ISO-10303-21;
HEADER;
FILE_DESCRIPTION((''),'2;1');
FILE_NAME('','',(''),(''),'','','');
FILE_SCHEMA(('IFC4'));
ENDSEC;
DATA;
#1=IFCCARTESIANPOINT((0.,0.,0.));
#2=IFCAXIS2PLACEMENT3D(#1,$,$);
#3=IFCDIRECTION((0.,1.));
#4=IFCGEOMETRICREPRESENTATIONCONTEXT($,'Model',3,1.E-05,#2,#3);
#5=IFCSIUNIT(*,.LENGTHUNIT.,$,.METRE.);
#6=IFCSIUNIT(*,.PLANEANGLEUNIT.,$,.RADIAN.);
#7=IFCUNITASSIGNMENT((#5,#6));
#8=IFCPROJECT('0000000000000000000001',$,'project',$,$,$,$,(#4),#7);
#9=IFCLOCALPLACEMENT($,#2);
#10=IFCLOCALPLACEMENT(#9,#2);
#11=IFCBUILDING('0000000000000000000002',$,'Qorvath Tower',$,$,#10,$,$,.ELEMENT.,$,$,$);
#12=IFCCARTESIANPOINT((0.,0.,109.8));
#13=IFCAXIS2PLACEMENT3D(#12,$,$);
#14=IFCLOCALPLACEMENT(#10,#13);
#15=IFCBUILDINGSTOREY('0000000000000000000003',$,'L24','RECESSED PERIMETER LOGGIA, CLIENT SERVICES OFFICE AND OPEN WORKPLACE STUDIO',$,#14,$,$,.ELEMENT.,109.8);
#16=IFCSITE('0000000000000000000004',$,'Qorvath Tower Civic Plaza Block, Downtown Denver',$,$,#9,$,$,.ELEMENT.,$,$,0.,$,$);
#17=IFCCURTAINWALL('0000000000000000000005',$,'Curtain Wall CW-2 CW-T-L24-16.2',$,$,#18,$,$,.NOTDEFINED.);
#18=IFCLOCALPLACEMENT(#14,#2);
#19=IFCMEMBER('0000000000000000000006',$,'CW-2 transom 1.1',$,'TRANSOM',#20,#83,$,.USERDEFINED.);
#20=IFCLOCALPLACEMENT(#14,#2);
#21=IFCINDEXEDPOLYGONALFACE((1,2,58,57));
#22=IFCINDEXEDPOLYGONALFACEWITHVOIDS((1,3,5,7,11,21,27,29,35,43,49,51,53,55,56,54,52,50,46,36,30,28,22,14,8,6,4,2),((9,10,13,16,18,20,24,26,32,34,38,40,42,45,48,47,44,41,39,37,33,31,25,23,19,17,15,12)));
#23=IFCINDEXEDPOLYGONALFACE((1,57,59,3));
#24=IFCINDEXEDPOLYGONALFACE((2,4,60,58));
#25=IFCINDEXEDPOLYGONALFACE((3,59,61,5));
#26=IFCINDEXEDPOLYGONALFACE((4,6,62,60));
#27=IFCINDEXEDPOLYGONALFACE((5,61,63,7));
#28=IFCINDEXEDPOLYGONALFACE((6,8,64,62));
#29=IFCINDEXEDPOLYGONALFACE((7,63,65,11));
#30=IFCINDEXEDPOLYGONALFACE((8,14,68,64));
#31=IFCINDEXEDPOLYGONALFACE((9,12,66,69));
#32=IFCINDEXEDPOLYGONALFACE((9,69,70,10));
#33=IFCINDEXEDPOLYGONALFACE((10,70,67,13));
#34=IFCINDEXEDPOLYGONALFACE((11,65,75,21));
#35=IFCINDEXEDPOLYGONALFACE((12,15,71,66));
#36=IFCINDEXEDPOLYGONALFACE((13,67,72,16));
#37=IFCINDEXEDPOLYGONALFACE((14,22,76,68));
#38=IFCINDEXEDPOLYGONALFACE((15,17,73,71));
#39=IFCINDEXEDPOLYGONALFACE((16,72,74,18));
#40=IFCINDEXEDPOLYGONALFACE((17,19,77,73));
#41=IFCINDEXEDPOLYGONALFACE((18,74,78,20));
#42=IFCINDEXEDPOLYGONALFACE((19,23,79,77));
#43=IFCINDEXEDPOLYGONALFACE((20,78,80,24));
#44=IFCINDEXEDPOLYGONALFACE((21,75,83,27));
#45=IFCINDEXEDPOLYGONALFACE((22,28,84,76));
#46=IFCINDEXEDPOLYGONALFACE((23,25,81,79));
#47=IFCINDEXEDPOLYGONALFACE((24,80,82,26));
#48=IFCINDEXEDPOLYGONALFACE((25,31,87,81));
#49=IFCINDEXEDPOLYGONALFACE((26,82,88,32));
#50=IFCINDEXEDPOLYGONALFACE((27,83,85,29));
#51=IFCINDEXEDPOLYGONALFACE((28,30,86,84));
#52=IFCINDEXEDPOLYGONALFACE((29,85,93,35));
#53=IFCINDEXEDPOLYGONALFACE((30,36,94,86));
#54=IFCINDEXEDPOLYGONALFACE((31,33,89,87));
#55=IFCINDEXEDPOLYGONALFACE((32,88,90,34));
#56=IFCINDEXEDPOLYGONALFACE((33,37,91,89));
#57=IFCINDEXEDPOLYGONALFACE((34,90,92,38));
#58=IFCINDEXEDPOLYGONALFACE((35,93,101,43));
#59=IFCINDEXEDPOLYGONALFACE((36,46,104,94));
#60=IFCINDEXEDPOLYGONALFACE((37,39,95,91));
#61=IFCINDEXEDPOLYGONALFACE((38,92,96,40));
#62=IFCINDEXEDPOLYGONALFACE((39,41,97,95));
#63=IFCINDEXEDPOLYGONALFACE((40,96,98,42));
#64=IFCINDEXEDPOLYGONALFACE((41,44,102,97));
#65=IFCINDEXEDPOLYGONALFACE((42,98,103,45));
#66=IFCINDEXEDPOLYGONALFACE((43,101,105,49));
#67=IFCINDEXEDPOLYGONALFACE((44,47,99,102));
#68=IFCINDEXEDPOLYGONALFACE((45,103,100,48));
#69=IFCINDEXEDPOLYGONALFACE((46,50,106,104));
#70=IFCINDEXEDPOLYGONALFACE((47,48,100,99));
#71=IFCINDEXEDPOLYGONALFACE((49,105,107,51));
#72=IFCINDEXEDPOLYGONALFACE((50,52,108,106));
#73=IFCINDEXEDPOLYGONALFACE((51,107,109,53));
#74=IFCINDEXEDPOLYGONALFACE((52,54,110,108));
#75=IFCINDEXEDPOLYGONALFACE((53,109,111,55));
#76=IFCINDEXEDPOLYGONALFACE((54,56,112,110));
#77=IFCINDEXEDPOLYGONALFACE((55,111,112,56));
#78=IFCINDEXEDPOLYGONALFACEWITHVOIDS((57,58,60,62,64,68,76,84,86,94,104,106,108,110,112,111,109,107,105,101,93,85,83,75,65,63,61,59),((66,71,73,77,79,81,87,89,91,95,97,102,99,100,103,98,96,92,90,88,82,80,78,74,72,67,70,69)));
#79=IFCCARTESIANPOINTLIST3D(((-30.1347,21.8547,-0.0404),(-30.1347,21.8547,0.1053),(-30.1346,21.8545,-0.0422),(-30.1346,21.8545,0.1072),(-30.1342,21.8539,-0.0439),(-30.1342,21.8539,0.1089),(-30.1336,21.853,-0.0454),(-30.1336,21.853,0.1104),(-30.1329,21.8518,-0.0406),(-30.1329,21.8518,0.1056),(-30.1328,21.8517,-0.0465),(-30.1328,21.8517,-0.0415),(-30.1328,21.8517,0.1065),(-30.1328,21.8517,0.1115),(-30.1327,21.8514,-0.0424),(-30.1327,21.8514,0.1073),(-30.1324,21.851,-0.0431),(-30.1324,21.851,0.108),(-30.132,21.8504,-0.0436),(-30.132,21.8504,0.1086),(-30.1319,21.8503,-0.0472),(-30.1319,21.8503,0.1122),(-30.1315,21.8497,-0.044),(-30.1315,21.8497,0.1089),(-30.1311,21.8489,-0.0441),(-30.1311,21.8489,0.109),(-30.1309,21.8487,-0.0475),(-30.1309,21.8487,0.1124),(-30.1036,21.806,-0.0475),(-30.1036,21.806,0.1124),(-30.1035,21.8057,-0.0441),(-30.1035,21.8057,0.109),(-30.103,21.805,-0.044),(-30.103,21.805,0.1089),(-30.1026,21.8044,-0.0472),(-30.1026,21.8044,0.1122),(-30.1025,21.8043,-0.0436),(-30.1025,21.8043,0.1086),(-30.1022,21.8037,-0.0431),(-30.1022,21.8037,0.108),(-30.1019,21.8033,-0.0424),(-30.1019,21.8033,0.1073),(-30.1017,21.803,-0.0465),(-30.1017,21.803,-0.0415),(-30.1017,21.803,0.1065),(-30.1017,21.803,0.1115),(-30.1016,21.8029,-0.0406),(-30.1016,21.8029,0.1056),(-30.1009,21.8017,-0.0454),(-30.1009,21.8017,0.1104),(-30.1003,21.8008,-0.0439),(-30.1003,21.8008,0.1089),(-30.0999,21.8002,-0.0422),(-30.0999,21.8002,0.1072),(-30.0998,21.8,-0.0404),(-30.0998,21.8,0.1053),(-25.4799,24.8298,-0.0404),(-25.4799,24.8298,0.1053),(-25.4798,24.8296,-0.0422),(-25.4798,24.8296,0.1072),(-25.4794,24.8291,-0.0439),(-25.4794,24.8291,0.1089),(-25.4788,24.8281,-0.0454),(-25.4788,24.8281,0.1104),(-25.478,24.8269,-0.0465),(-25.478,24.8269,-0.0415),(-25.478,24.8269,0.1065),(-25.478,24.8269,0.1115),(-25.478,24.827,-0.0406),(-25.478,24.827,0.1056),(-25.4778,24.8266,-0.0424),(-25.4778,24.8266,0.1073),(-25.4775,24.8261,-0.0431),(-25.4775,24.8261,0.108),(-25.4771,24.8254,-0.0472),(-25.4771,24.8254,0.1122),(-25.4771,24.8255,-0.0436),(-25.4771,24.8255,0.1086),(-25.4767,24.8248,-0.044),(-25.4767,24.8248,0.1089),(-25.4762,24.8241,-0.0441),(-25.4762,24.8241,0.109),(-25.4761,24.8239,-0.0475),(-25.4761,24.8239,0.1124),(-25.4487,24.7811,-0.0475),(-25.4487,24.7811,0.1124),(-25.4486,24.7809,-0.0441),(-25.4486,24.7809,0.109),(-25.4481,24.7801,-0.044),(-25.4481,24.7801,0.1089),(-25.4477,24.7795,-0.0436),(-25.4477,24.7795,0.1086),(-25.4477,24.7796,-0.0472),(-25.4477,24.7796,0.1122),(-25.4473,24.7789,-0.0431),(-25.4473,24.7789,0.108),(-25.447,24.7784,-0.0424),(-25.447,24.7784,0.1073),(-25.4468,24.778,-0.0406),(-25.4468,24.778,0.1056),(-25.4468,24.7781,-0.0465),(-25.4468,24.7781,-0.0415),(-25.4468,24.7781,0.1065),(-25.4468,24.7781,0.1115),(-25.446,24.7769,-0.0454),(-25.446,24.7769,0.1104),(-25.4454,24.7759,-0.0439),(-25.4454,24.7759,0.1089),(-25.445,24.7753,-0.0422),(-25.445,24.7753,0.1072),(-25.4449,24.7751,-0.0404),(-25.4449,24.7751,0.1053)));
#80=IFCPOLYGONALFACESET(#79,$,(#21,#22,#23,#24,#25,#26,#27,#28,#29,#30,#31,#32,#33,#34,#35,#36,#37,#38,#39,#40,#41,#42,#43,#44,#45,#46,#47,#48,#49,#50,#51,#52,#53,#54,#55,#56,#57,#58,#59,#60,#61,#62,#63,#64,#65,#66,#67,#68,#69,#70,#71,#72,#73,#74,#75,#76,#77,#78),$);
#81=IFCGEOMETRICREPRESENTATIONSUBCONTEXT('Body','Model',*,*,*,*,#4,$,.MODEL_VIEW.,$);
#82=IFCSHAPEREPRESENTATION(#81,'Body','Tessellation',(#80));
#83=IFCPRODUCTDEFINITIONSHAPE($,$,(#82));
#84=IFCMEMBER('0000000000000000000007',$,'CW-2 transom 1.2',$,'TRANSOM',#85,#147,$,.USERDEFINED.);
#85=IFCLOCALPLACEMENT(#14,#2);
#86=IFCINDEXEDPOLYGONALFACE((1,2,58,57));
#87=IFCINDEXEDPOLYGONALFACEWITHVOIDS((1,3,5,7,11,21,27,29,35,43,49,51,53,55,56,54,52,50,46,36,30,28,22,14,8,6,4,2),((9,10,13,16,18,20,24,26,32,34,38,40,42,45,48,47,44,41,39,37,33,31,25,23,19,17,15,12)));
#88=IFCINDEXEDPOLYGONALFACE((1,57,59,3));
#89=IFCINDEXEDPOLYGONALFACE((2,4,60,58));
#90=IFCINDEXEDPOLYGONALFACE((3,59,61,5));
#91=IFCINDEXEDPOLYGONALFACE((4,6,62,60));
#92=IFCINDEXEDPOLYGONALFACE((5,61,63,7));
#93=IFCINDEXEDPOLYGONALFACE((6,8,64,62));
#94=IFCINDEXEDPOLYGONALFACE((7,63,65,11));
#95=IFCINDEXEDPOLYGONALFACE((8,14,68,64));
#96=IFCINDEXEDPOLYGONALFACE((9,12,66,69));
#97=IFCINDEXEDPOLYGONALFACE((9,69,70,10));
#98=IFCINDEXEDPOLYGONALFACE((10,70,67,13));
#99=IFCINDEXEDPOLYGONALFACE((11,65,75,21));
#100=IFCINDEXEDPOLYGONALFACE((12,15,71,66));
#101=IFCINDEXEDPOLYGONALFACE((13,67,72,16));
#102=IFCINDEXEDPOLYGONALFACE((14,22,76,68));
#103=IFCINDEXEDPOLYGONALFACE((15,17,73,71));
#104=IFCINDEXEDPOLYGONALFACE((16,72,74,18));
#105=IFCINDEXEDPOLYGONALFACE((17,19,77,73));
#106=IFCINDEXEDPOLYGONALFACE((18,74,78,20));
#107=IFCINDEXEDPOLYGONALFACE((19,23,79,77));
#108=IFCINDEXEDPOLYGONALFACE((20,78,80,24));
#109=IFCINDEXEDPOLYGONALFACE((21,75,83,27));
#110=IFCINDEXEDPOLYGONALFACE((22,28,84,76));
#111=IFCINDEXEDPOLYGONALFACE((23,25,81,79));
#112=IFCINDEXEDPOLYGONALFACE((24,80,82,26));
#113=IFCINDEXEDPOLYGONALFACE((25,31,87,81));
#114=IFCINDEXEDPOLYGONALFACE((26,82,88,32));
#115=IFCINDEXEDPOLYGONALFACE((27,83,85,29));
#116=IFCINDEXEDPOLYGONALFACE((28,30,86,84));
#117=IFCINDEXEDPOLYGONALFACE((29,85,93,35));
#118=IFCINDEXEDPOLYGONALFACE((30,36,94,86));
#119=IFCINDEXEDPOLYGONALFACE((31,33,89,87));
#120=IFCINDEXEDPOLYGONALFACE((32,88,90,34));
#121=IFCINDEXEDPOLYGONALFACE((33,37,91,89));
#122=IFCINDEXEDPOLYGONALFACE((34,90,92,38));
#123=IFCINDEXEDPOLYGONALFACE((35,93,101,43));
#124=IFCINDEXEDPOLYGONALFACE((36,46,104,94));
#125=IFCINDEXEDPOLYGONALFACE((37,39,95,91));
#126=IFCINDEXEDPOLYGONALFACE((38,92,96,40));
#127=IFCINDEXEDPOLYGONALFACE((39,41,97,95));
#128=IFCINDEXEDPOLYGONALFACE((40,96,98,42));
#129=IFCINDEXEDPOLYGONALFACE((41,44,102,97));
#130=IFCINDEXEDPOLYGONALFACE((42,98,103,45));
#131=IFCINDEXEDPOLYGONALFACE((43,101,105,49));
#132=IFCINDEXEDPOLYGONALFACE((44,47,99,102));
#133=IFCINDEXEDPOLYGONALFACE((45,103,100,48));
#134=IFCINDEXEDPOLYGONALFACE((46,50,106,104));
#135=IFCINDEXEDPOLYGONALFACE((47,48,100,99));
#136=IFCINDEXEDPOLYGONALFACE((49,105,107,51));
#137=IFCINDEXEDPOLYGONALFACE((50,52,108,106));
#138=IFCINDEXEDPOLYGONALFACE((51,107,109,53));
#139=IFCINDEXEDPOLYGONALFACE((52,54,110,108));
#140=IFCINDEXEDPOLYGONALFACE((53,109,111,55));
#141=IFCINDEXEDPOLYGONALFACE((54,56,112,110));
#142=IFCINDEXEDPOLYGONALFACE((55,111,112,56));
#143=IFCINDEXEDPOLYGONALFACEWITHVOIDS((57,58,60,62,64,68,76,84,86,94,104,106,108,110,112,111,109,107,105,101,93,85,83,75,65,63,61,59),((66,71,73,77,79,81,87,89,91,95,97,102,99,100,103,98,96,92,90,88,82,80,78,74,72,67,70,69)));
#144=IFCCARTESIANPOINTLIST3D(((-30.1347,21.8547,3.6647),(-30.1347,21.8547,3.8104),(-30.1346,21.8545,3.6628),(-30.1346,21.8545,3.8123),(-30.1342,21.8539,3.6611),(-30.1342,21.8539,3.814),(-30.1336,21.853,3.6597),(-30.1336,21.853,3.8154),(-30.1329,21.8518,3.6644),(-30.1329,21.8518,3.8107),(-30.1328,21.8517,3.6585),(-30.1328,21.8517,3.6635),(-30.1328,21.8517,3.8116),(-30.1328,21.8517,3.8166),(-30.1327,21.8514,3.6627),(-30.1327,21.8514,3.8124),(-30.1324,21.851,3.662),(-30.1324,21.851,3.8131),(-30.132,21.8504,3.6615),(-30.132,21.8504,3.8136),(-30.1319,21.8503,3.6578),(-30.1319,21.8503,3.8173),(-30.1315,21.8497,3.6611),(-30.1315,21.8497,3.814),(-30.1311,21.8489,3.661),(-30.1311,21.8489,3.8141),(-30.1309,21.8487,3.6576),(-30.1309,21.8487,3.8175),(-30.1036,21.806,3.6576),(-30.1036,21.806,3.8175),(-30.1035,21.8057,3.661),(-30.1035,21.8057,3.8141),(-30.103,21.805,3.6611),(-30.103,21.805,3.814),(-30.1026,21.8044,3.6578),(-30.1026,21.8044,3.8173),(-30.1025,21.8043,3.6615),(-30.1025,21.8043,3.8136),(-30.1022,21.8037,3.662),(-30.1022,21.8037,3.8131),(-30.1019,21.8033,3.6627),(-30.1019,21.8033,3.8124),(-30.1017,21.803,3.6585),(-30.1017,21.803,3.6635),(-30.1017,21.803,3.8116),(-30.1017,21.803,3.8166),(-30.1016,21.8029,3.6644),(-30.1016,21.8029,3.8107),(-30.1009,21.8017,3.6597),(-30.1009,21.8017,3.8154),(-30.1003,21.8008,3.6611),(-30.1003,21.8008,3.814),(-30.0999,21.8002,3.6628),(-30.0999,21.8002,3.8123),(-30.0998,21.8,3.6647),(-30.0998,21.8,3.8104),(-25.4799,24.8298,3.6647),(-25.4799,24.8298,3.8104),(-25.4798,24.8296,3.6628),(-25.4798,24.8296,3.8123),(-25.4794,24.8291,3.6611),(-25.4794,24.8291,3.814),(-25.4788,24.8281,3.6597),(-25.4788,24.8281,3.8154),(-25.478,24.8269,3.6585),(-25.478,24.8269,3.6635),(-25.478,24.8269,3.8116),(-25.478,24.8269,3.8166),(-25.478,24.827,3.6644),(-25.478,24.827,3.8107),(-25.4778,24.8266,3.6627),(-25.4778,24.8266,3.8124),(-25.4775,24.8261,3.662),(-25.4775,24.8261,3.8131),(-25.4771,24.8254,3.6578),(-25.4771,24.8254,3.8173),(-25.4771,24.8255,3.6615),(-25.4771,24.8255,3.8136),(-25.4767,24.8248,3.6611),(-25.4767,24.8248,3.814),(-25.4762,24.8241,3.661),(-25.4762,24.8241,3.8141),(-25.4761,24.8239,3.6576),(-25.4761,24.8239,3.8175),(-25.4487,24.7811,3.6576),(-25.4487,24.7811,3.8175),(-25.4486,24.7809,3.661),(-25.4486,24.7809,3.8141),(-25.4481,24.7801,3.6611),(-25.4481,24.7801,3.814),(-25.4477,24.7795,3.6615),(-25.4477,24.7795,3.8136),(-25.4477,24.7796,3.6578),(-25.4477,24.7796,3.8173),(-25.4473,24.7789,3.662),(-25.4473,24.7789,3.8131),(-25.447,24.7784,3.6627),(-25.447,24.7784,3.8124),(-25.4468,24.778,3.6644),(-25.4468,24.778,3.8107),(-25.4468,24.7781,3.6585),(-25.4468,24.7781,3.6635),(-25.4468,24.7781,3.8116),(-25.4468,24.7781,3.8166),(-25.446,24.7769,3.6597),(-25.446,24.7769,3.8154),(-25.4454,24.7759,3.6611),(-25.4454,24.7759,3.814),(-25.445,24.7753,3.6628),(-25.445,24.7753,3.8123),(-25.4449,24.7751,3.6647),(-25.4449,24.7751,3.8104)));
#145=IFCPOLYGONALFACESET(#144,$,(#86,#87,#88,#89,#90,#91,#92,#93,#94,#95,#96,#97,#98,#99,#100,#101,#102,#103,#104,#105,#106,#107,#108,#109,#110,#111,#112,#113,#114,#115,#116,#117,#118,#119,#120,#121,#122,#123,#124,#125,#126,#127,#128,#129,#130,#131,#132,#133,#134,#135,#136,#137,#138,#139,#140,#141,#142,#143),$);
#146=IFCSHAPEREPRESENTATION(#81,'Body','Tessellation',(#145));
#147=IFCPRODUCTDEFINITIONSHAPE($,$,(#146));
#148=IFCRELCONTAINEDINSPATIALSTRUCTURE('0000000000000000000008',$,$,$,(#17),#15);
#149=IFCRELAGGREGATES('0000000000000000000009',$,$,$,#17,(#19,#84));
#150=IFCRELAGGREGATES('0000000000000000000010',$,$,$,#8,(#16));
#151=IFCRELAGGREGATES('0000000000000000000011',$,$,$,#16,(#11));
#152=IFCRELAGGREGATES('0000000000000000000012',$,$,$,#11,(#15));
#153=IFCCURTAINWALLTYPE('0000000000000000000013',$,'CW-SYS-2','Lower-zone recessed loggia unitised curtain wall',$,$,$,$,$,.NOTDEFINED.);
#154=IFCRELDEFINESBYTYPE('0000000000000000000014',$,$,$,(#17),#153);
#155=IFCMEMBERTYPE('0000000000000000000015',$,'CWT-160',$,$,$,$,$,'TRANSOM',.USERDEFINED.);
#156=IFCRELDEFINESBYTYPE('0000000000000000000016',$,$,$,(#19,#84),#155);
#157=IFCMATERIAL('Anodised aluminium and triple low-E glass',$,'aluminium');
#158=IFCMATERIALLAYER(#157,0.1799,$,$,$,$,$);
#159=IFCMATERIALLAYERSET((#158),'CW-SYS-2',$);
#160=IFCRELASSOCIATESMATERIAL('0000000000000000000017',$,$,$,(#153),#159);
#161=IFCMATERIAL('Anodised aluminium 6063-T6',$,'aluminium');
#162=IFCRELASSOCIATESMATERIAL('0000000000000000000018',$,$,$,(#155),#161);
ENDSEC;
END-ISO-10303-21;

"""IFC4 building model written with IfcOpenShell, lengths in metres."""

from ifc_helpers import new_model, si_unit, direction, frame, origin, origin_2d, place, context, subcontext, project, spatial, hollow_rectangle, extrude, material, layer, layer_set, material_profile, profile_set, type_object, element, aggregate, save


model = new_model("IFC4")

# Units and contexts
model_context = context("Model", 3, precision=1e-05, world=origin(), true_north=direction((0.0, 1.0)))
body_context = subcontext(model_context, "Body", "Model", "MODEL_VIEW")
ifc_project = project(units=[si_unit("LENGTHUNIT", "METRE"), si_unit("PLANEANGLEUNIT", "RADIAN")], contexts=[model_context])

# Site, building, storey
site_placement = place(None, origin())
site = spatial("IfcSite", under=ifc_project, at=site_placement, Name="Qorvath Tower Civic Plaza Block, Downtown Denver", CompositionType="ELEMENT", RefElevation=0.0)
building_placement = place(site_placement, origin())
building = spatial("IfcBuilding", under=site, at=building_placement, Name="Qorvath Tower", CompositionType="ELEMENT")
storey_placement = place(building_placement, frame((0.0, 0.0, 109.8)))
storey = spatial("IfcBuildingStorey", under=building, at=storey_placement, Name="L24", Description="RECESSED PERIMETER LOGGIA, CLIENT SERVICES OFFICE AND OPEN WORKPLACE STUDIO", CompositionType="ELEMENT", Elevation=109.8)

# Curtain wall
ifc_material_1 = material(Name="Anodised aluminium and triple low-E glass", Category="aluminium")
ifc_layer_1 = layer(ifc_material_1, 0.1799)
ifc_layer_set_1 = layer_set([ifc_layer_1], Name="CW-SYS-2")
curtain_wall_type = type_object("IfcCurtainWallType", Name="CW-SYS-2", Description="Lower-zone recessed loggia unitised curtain wall", PredefinedType="NOTDEFINED", material=ifc_layer_set_1)
curtain_wall_1_placement = place(storey_placement, origin())
curtain_wall_1 = element("IfcCurtainWall", 1, at=curtain_wall_1_placement, inside=storey, type_object=curtain_wall_type, Name="Curtain Wall CW-2 CW-T-L24-16.2", PredefinedType="NOTDEFINED")

# Members
ifc_material_2 = material(Name="Anodised aluminium 6063-T6", Category="aluminium")
ifc_material_profile_1 = material_profile(ifc_material_2, hollow_rectangle(XDim=0.0649, YDim=0.1599, WallThickness=0.0034, InnerFilletRadius=0.0034, OuterFilletRadius=0.0071, at=origin_2d()), Name="CWT 160x65")
ifc_profile_set_1 = profile_set([ifc_material_profile_1], Name="Anodised aluminium 6063-T6")
member_type_1 = type_object("IfcMemberType", Name="CWT-160", ElementType="TRANSOM", PredefinedType="USERDEFINED", material=ifc_profile_set_1)
member_1_placement = place(storey_placement, frame((-25.4624, 24.8025, 0.0325), z_axis=(-0.842597, -0.538544, 0.0), x_axis=(0.538544, -0.842597, 0.0)))
member_1 = element("IfcMember", 2, at=member_1_placement, type_object=member_type_1, Name="CW-2 transom 1.1", ObjectType="TRANSOM", PredefinedType="USERDEFINED", context=body_context, shape_type="SweptSolid", body=[
    extrude(hollow_rectangle(XDim=0.0649, YDim=0.1599, WallThickness=0.0034, InnerFilletRadius=0.0034, OuterFilletRadius=0.0071, at=origin_2d()), origin(), (0.0, 0.0, 1.0), 5.5244),
])
member_2_placement = place(storey_placement, frame((-25.4624, 24.8025, 3.7375), z_axis=(-0.842597, -0.538544, 0.0), x_axis=(0.538544, -0.842597, 0.0)))
member_2 = element("IfcMember", 3, at=member_2_placement, type_object=member_type_1, Name="CW-2 transom 1.2", ObjectType="TRANSOM", PredefinedType="USERDEFINED", context=body_context, shape_type="SweptSolid", body=[
    extrude(hollow_rectangle(XDim=0.0649, YDim=0.1599, WallThickness=0.0034, InnerFilletRadius=0.0034, OuterFilletRadius=0.0071, at=origin_2d()), origin(), (0.0, 0.0, 1.0), 5.5244),
])

aggregate(curtain_wall_1, [member_1, member_2])

save(model, "model.ifc")
